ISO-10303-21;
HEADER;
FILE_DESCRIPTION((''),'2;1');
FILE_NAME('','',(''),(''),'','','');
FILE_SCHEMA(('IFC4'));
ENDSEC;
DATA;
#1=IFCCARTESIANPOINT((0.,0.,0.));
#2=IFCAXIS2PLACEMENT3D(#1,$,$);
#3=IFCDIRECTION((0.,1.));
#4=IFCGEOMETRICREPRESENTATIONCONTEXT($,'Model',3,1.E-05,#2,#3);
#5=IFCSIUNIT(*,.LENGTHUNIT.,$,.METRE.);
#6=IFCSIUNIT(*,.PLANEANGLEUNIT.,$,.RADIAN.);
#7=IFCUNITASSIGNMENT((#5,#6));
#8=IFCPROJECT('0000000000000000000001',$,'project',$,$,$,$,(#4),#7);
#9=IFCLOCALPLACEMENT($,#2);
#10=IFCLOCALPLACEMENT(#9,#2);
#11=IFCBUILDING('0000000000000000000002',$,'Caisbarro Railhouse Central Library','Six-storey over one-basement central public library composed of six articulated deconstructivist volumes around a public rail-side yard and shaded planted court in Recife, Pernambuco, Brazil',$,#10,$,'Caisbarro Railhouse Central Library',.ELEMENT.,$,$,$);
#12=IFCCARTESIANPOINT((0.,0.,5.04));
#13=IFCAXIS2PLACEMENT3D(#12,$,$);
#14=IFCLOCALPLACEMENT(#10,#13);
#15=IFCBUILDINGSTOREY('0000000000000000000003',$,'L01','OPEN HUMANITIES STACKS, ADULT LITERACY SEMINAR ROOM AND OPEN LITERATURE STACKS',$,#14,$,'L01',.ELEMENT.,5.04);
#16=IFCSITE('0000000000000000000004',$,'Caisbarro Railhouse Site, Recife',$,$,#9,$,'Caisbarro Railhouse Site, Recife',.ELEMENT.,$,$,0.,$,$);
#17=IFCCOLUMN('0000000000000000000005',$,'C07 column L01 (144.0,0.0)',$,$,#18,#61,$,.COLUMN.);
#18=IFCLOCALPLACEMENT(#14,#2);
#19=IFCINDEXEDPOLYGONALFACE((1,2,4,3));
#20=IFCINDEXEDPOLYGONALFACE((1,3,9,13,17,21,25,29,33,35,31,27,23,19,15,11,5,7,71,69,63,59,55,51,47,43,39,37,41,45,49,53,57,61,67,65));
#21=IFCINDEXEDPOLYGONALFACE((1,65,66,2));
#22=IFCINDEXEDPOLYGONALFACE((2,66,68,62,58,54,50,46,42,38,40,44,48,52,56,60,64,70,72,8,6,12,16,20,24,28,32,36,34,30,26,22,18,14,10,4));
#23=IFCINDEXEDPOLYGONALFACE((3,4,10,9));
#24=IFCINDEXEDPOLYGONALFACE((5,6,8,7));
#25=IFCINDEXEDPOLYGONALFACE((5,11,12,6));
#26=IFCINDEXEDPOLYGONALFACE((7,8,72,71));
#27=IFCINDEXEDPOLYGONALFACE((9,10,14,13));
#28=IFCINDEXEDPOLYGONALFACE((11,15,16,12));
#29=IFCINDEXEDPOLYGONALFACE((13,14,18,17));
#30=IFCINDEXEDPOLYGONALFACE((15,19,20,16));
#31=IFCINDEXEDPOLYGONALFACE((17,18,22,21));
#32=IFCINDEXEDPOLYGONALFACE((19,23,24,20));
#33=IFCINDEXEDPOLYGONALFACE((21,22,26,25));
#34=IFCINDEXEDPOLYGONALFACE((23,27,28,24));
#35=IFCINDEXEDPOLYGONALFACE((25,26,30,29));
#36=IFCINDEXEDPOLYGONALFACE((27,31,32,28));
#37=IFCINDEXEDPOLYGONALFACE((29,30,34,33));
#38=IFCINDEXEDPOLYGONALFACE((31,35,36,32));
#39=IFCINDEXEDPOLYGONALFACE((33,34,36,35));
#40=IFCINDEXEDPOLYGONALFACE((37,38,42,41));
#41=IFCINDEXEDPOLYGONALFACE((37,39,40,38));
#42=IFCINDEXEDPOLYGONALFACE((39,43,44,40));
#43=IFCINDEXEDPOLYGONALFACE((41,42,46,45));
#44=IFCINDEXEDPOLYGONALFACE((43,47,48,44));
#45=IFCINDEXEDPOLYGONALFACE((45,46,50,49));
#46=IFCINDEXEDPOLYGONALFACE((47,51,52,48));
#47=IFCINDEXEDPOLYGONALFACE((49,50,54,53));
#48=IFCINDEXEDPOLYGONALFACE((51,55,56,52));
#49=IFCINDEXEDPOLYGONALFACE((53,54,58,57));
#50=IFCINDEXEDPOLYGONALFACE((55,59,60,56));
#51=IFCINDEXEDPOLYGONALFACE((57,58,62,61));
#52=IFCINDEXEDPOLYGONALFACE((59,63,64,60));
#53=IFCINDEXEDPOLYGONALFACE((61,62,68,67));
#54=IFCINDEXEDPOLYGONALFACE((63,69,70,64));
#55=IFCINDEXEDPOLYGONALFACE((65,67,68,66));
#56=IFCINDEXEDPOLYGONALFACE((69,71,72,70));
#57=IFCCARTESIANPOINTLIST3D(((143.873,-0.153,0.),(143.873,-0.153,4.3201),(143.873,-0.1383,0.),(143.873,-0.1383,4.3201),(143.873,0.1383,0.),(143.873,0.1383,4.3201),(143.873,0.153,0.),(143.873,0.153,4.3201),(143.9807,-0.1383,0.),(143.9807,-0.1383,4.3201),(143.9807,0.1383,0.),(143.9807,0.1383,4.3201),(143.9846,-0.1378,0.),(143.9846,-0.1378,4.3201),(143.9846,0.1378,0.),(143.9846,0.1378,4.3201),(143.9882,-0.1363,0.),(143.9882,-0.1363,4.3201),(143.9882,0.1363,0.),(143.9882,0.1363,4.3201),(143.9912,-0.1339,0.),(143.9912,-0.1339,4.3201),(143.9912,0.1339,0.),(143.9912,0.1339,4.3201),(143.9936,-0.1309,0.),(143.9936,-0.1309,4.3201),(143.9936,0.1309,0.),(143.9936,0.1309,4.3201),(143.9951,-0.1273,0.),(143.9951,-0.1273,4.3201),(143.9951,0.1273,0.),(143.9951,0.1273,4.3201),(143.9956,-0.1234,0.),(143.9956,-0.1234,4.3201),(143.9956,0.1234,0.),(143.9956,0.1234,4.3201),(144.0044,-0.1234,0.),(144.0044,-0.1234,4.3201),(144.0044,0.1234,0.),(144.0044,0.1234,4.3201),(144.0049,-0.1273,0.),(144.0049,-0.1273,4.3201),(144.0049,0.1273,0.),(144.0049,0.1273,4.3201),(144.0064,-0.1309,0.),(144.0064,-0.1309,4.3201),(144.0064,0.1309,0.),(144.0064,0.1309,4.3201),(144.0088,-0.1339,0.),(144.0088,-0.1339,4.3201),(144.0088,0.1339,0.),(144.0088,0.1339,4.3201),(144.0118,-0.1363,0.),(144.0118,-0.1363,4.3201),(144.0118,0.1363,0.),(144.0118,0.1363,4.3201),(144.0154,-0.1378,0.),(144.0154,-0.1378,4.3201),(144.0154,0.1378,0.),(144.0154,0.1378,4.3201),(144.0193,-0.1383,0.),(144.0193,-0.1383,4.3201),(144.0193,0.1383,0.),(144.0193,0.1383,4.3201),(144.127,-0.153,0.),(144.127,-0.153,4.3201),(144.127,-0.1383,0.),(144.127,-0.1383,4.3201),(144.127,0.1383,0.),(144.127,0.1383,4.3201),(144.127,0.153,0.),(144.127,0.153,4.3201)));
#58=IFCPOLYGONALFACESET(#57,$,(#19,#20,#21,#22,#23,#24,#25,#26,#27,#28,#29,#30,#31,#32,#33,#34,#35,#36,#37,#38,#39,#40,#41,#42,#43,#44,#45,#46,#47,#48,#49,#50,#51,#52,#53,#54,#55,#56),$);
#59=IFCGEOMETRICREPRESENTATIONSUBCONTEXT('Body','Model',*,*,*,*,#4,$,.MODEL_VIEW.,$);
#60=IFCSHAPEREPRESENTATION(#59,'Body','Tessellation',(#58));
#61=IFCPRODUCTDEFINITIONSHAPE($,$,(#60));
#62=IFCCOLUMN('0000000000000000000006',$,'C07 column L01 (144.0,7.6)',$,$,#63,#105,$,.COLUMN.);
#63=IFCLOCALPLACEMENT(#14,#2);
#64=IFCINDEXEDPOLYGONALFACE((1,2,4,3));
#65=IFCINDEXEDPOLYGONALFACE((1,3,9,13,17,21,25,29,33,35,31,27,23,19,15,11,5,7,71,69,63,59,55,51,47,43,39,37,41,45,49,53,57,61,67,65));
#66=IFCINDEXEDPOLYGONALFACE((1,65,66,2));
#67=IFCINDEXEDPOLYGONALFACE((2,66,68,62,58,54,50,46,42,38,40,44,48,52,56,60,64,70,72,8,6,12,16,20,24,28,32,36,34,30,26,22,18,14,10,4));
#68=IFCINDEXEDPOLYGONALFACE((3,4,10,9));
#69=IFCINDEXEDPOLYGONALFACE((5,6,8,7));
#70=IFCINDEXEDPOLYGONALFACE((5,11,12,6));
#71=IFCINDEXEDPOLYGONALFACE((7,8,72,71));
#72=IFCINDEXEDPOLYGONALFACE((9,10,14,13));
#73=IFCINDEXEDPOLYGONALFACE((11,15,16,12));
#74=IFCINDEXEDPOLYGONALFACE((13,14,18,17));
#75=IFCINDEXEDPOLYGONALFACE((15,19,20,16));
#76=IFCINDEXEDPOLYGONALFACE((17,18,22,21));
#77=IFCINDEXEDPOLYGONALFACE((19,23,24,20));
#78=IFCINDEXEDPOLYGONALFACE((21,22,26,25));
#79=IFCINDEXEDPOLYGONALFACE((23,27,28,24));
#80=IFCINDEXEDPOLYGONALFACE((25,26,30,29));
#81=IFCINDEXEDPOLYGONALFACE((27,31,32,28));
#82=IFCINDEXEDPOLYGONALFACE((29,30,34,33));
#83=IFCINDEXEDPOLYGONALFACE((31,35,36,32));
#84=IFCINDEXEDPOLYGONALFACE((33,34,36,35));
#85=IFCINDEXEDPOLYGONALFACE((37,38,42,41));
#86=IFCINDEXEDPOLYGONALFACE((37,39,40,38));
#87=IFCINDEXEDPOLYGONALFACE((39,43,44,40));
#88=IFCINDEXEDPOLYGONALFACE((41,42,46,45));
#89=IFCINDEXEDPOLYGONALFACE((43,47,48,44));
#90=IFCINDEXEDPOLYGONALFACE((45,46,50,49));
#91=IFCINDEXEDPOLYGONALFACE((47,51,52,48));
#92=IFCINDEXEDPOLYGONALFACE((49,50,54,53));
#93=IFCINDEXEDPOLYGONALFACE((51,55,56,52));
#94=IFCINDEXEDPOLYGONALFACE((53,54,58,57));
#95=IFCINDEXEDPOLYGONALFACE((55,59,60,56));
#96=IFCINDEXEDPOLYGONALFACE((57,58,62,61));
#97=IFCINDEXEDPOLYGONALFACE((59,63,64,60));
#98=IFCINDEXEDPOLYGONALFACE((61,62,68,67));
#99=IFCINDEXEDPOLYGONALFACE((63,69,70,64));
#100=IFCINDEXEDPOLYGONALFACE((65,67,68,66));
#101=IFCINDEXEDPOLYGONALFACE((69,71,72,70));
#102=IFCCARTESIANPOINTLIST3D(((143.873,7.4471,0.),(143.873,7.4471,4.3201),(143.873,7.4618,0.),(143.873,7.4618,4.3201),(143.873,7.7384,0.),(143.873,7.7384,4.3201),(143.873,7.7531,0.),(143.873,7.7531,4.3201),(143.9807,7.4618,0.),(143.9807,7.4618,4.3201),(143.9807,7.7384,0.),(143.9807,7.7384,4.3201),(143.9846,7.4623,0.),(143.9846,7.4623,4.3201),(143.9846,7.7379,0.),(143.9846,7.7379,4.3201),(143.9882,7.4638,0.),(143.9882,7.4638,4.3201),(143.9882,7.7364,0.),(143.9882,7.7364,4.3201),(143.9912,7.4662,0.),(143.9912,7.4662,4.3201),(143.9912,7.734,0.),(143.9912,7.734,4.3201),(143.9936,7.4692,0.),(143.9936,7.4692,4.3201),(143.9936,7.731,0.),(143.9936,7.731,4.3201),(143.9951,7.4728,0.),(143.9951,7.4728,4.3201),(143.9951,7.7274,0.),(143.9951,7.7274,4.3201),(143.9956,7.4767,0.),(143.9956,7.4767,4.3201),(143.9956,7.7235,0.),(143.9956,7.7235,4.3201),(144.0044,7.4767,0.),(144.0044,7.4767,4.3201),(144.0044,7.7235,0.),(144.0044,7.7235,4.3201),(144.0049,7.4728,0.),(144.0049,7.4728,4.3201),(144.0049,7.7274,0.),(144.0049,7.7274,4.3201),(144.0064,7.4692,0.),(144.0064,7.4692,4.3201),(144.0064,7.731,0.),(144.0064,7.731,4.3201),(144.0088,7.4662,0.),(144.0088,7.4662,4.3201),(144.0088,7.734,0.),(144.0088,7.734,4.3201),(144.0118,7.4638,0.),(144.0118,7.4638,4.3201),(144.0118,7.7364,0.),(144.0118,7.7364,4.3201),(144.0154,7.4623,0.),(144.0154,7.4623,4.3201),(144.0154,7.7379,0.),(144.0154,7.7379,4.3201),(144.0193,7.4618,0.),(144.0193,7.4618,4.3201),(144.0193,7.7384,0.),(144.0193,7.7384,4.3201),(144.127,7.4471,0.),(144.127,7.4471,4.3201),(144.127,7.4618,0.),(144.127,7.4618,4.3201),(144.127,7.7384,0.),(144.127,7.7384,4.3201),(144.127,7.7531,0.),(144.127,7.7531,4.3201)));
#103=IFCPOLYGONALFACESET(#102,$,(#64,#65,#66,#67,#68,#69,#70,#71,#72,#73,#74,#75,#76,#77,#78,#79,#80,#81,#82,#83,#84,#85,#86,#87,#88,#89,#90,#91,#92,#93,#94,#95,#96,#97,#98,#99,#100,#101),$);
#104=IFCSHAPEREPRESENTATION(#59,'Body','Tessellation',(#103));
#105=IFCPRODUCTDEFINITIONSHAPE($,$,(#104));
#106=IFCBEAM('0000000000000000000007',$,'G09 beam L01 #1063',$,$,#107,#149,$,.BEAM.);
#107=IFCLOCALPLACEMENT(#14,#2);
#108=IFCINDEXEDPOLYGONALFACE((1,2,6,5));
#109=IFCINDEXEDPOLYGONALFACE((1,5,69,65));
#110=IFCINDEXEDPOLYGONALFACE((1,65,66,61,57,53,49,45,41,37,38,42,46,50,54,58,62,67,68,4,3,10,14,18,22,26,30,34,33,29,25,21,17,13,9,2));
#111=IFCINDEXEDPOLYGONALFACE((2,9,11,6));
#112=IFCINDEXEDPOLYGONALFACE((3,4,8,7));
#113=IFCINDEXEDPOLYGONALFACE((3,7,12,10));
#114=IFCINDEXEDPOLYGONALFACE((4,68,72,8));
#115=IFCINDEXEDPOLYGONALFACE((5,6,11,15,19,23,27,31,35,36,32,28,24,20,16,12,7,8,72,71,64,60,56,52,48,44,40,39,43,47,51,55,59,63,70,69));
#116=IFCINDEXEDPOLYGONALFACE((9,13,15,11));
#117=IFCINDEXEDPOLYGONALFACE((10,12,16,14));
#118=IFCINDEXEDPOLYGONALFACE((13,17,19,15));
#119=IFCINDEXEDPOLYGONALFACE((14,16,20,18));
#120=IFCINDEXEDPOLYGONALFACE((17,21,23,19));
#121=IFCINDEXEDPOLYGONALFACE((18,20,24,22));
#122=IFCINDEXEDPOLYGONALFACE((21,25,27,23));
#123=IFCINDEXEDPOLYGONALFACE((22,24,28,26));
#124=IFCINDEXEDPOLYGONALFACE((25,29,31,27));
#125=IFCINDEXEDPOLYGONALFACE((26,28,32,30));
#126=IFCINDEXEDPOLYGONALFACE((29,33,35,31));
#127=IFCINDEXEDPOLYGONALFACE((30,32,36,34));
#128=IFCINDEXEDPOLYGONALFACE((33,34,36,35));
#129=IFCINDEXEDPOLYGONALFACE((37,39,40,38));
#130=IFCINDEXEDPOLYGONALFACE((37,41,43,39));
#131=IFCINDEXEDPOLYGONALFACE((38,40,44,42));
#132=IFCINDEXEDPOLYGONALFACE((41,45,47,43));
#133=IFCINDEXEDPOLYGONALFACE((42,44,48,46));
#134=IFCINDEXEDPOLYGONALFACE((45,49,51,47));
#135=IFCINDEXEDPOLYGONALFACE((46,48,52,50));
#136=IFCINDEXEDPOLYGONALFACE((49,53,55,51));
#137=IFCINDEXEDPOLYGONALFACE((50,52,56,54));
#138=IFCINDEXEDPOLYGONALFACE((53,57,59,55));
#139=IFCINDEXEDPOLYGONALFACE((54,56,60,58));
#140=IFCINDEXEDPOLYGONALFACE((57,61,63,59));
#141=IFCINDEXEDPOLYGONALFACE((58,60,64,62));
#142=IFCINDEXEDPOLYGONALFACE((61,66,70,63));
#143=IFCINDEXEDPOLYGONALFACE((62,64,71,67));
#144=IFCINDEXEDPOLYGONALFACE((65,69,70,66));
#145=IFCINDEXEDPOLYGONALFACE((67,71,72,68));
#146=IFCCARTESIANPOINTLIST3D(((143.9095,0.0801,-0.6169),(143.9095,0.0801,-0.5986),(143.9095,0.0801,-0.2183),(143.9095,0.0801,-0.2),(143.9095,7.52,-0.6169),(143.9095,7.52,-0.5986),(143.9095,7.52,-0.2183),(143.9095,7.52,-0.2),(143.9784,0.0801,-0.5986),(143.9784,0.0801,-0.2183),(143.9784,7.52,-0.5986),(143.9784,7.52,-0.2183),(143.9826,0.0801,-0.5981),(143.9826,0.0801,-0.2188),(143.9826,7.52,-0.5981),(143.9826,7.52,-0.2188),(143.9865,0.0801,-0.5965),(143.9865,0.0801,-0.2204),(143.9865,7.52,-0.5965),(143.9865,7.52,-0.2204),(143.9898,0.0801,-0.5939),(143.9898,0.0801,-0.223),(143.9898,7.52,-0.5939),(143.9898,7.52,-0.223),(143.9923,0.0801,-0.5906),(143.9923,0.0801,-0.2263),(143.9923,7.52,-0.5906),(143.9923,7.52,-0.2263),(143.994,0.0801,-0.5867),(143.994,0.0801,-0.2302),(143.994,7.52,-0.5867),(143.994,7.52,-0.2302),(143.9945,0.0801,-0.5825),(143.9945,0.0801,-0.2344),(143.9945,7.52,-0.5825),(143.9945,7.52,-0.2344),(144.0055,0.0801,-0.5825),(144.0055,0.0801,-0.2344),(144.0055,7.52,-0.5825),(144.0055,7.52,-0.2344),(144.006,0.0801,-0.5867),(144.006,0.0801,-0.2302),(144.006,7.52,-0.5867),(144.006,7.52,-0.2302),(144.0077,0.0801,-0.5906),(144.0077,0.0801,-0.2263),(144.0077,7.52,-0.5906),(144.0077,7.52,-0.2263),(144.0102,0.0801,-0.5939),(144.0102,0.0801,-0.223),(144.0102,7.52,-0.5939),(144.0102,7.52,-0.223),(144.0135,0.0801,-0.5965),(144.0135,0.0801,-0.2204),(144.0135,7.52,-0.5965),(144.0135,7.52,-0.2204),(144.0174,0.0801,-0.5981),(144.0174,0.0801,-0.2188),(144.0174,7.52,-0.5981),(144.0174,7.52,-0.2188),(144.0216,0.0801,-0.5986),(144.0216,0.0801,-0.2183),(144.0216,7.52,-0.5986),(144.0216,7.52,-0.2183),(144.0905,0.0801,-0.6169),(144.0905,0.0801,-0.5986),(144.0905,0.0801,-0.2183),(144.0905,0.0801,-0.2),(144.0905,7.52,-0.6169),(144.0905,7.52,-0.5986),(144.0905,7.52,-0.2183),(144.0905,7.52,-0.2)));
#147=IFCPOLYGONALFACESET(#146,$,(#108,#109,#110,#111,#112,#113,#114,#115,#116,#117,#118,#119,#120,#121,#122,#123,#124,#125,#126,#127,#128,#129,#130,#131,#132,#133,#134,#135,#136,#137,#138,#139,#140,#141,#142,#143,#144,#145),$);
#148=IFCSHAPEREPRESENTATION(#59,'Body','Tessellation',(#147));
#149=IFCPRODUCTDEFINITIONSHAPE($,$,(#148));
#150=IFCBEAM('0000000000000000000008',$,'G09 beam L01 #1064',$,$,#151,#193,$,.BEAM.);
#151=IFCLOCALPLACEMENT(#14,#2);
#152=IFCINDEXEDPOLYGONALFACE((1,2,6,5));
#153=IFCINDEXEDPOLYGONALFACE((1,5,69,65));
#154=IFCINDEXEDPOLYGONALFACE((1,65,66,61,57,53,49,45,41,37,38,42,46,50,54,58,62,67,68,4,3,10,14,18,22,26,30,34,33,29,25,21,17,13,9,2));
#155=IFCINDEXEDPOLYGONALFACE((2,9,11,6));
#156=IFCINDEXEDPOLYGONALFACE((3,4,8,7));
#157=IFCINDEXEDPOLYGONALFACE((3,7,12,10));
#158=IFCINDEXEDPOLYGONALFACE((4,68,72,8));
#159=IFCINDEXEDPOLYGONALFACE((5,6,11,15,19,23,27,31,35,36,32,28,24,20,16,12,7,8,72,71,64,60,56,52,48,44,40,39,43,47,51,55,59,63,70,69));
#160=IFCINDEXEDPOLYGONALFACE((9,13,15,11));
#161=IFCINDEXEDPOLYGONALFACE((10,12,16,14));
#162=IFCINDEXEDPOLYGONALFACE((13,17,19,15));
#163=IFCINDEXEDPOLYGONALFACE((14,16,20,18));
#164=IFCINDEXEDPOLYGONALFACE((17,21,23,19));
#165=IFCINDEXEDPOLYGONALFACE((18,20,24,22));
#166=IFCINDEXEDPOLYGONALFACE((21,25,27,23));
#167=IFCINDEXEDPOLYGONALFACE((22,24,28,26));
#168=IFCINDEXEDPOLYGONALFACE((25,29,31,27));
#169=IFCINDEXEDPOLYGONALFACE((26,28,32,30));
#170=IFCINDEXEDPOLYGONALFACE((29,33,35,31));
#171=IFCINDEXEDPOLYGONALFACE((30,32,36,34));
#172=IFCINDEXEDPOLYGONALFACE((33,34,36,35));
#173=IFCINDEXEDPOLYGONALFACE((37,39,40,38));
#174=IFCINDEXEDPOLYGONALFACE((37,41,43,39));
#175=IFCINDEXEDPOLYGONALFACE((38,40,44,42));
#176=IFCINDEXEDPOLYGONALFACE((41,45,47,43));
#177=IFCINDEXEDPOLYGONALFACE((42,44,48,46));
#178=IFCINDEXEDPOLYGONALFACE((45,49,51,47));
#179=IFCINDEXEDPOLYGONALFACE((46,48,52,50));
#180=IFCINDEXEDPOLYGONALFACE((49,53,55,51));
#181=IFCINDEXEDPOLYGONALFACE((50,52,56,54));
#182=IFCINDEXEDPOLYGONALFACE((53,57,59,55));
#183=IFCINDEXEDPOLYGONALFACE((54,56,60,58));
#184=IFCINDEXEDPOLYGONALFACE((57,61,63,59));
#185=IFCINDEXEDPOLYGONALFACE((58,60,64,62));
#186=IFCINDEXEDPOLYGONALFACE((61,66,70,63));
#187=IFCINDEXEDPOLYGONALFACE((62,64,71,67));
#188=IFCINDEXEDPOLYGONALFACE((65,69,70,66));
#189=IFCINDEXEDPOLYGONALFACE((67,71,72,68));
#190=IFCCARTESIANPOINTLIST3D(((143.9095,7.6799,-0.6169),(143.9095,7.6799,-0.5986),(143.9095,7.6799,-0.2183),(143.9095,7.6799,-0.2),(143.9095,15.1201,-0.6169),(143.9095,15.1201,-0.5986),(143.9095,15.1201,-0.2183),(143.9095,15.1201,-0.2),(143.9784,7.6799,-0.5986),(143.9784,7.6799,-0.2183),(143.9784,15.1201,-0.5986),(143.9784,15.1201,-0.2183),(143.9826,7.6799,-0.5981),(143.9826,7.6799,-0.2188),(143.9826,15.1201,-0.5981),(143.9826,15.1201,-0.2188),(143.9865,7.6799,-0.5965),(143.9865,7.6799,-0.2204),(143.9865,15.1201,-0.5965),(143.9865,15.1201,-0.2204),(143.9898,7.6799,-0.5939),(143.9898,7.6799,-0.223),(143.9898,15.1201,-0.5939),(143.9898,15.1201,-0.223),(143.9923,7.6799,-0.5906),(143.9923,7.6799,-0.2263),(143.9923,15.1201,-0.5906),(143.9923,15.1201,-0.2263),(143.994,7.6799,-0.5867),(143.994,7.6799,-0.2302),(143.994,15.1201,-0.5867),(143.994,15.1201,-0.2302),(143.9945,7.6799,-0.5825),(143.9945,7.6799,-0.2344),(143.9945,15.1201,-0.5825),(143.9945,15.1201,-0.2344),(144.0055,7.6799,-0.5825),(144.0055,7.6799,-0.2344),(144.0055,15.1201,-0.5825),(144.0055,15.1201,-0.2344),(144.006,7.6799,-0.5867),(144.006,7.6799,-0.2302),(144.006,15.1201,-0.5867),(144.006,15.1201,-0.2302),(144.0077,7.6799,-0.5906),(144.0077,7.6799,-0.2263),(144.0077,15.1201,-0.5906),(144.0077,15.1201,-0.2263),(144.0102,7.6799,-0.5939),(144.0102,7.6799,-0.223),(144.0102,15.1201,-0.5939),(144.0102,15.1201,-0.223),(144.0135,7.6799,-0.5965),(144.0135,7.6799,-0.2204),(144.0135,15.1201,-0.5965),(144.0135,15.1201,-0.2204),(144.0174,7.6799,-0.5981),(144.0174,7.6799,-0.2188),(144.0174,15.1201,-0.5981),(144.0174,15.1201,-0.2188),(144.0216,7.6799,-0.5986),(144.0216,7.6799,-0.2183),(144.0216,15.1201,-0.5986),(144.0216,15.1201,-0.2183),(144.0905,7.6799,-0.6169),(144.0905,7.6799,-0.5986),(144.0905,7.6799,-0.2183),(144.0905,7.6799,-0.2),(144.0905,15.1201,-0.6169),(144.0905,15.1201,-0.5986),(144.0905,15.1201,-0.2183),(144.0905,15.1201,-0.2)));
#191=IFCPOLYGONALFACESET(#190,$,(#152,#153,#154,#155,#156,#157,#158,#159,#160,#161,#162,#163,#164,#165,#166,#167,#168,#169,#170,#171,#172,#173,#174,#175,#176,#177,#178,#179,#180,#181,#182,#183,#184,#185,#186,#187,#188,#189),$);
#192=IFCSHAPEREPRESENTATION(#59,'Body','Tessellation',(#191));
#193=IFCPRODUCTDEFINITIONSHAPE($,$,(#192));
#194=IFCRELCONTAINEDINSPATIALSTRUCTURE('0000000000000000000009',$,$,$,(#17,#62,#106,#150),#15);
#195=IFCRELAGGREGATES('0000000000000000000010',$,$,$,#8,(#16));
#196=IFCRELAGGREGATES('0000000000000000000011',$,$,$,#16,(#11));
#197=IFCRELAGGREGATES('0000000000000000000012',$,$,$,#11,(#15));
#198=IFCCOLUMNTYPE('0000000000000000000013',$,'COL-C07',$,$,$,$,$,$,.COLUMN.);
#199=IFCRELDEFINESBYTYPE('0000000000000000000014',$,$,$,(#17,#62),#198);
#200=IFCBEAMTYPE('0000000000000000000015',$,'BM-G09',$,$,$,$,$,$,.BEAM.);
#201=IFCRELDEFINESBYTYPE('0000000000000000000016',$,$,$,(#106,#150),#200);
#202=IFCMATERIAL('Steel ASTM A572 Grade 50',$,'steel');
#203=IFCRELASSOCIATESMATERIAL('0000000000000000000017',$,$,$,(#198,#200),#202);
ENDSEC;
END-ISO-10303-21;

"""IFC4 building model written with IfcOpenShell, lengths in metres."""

from ifc_helpers import new_model, si_unit, direction, frame, origin, origin_2d, place, context, subcontext, project, spatial, i_section, extrude, material, material_profile, profile_set, type_object, element, save


model = new_model("IFC4")

# Units and contexts
model_context = context("Model", 3, precision=1e-05, world=origin(), true_north=direction((0.0, 1.0)))
body_context = subcontext(model_context, "Body", "Model", "MODEL_VIEW")
ifc_project = project(units=[si_unit("LENGTHUNIT", "METRE"), si_unit("PLANEANGLEUNIT", "RADIAN")], contexts=[model_context])

# Site, building, storey
site_placement = place(None, origin())
site = spatial("IfcSite", under=ifc_project, at=site_placement, Name="Caisbarro Railhouse Site, Recife", LongName="Caisbarro Railhouse Site, Recife", CompositionType="ELEMENT", RefElevation=0.0)
building_placement = place(site_placement, origin())
building = spatial("IfcBuilding", under=site, at=building_placement, Name="Caisbarro Railhouse Central Library", Description="Six-storey over one-basement central public library composed of six articulated deconstructivist volumes around a public rail-side yard and shaded planted court in Recife, Pernambuco, Brazil", LongName="Caisbarro Railhouse Central Library", CompositionType="ELEMENT")
storey_placement = place(building_placement, frame((0.0, 0.0, 5.04)))
storey = spatial("IfcBuildingStorey", under=building, at=storey_placement, Name="L01", Description="OPEN HUMANITIES STACKS, ADULT LITERACY SEMINAR ROOM AND OPEN LITERATURE STACKS", LongName="L01", CompositionType="ELEMENT", Elevation=5.04)

# Columns
ifc_material_1 = material(Name="Steel ASTM A572 Grade 50", Category="steel")
ifc_material_profile_1 = material_profile(ifc_material_1, i_section(OverallWidth=0.2539, OverallDepth=0.3059, WebThickness=0.0088, FlangeThickness=0.0146, FilletRadius=0.0149, at=origin_2d()), Name="W310X79.0")
ifc_profile_set_1 = profile_set([ifc_material_profile_1], Name="Steel ASTM A572 Grade 50")
column_type = type_object("IfcColumnType", Name="COL-C07", PredefinedType="COLUMN", material=ifc_profile_set_1)
for number, where, z_axis, x_axis, name in (
    (1, (144.0, 0.0, 0.0), (0.0, 0.0, 1.0), (1.0, 0.0, 0.0), "C07 column L01 (144.0,0.0)"),
    (2, (144.0, 7.6001, 0.0), (0.0, 0.0, 1.0), (1.0, 0.0, 0.0), "C07 column L01 (144.0,7.6)"),
):
    element("IfcColumn", number, at=place(storey_placement, frame(where, z_axis=z_axis, x_axis=x_axis)), inside=storey, type_object=column_type, Name=name, PredefinedType="COLUMN", context=body_context, shape_type="SweptSolid", body=[
        extrude(i_section(OverallWidth=0.2539, OverallDepth=0.3059, WebThickness=0.0088, FlangeThickness=0.0146, FilletRadius=0.0149, at=origin_2d()), origin(), (0.0, 0.0, 1.0), 4.3201),
    ])

# Beams
ifc_material_profile_2 = material_profile(ifc_material_1, i_section(OverallWidth=0.1809, OverallDepth=0.417, WebThickness=0.011, FlangeThickness=0.0183, FilletRadius=0.0161, at=origin_2d()), Name="W410X85.0")
ifc_profile_set_2 = profile_set([ifc_material_profile_2], Name="Steel ASTM A572 Grade 50")
beam_type = type_object("IfcBeamType", Name="BM-G09", PredefinedType="BEAM", material=ifc_profile_set_2)
beam_1_placement = place(storey_placement, frame((144.0, 0.0801, -0.4084), z_axis=(0.0, 1.0, 0.0), x_axis=(-1.0, 0.0, 0.0)))
element("IfcBeam", 3, at=beam_1_placement, inside=storey, type_object=beam_type, Name="G09 beam L01 #1063", PredefinedType="BEAM", context=body_context, shape_type="SweptSolid", body=[
    extrude(i_section(OverallWidth=0.1809, OverallDepth=0.417, WebThickness=0.011, FlangeThickness=0.0183, FilletRadius=0.0161, at=origin_2d()), origin(), (0.0, 0.0, 1.0), 7.4399),
])
beam_2_placement = place(storey_placement, frame((144.0, 7.6799, -0.4084), z_axis=(0.0, 1.0, 0.0), x_axis=(-1.0, 0.0, 0.0)))
element("IfcBeam", 4, at=beam_2_placement, inside=storey, type_object=beam_type, Name="G09 beam L01 #1064", PredefinedType="BEAM", context=body_context, shape_type="SweptSolid", body=[
    extrude(i_section(OverallWidth=0.1809, OverallDepth=0.417, WebThickness=0.011, FlangeThickness=0.0183, FilletRadius=0.0161, at=origin_2d()), origin(), (0.0, 0.0, 1.0), 7.4402),
])

save(model, "model.ifc")
